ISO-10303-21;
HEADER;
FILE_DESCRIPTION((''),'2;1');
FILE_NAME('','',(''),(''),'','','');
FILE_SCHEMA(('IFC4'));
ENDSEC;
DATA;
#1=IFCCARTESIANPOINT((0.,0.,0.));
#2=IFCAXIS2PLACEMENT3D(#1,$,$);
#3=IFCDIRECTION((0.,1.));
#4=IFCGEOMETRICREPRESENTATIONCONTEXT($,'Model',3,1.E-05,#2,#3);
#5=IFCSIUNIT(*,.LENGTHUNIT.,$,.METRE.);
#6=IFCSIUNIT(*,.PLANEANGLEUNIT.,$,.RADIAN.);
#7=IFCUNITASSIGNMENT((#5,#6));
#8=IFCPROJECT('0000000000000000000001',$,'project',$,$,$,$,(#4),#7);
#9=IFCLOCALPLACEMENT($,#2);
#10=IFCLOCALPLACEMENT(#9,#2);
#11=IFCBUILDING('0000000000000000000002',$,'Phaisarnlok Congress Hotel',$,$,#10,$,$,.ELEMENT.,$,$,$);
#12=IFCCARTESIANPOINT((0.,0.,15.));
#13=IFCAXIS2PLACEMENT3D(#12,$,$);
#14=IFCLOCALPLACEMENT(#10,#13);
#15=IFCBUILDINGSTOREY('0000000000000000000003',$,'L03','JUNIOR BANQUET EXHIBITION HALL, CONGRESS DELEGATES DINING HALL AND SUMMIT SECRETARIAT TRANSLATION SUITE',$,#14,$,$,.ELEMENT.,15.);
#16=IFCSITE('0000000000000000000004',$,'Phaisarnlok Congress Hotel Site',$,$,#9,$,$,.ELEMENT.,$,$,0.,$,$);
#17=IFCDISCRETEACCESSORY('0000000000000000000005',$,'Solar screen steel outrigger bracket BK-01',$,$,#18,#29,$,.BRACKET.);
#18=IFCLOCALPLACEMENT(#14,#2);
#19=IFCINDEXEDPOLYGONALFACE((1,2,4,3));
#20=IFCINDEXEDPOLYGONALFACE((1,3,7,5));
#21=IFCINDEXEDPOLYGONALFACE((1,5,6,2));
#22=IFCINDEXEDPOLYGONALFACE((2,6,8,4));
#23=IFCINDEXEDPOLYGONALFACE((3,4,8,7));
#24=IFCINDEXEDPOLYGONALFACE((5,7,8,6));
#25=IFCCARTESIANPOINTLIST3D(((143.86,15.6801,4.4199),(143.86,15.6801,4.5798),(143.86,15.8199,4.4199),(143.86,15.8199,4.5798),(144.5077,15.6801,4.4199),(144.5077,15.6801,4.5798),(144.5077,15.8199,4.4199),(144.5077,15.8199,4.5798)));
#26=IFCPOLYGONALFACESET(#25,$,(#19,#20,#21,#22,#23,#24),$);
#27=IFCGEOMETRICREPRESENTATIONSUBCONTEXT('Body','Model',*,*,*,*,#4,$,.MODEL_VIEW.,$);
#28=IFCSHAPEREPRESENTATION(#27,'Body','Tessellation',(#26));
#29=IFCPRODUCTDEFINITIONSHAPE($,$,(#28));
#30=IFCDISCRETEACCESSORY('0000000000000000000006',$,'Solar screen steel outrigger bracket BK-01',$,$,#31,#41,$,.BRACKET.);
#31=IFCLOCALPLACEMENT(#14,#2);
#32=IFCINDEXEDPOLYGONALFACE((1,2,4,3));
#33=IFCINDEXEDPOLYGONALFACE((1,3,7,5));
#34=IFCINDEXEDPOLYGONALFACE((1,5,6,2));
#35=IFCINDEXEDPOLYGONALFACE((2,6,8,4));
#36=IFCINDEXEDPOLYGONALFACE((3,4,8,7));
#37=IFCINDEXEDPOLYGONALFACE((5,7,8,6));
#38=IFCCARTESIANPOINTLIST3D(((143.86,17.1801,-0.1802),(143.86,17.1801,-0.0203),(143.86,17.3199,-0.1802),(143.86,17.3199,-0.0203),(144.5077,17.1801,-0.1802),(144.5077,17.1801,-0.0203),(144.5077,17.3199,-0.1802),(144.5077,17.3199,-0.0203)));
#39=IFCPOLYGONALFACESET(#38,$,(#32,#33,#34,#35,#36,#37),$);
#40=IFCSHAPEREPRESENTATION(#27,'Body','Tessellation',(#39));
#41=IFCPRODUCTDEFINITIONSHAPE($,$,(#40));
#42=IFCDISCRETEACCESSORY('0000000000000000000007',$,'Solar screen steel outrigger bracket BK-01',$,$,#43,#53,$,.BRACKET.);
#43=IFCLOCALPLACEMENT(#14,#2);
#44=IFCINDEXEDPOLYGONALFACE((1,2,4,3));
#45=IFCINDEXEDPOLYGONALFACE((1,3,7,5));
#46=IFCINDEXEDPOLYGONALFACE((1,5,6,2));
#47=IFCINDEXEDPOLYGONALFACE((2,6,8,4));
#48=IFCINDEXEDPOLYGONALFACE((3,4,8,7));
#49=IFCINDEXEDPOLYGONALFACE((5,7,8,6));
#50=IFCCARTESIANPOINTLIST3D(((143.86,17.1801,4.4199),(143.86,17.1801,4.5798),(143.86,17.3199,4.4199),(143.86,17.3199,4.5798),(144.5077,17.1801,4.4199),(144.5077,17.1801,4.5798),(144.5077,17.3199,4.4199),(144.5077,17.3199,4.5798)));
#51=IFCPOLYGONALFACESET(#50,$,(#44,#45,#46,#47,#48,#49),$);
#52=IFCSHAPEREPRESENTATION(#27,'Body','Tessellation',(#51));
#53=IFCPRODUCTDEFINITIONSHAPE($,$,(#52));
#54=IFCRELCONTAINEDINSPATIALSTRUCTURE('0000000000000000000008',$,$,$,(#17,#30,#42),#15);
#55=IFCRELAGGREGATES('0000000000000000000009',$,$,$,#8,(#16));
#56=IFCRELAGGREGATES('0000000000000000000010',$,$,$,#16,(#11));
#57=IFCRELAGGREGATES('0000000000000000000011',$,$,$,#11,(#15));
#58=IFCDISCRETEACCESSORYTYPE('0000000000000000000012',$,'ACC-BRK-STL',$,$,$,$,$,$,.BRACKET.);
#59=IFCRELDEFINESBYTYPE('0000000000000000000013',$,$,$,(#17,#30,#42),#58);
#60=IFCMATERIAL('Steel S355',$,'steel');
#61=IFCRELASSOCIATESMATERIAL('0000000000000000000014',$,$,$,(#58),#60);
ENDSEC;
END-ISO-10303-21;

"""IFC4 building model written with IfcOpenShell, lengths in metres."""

from ifc_helpers import new_model, si_unit, direction, frame, origin, origin_2d, place, context, subcontext, project, spatial, rectangle, extrude, material, type_object, element, save


model = new_model("IFC4")

# Units and contexts
model_context = context("Model", 3, precision=1e-05, world=origin(), true_north=direction((0.0, 1.0)))
body_context = subcontext(model_context, "Body", "Model", "MODEL_VIEW")
ifc_project = project(units=[si_unit("LENGTHUNIT", "METRE"), si_unit("PLANEANGLEUNIT", "RADIAN")], contexts=[model_context])

# Site, building, storey
site_placement = place(None, origin())
site = spatial("IfcSite", under=ifc_project, at=site_placement, Name="Phaisarnlok Congress Hotel Site", CompositionType="ELEMENT", RefElevation=0.0)
building_placement = place(site_placement, origin())
building = spatial("IfcBuilding", under=site, at=building_placement, Name="Phaisarnlok Congress Hotel", CompositionType="ELEMENT")
storey_placement = place(building_placement, frame((0.0, 0.0, 15.0)))
storey = spatial("IfcBuildingStorey", under=building, at=storey_placement, Name="L03", Description="JUNIOR BANQUET EXHIBITION HALL, CONGRESS DELEGATES DINING HALL AND SUMMIT SECRETARIAT TRANSLATION SUITE", CompositionType="ELEMENT", Elevation=15.0)

# Shared definitions
ifc_material_1 = material(Name="Steel S355", Category="steel")

# Discrete accessories
discrete_accessory_type = type_object("IfcDiscreteAccessoryType", Name="ACC-BRK-STL", PredefinedType="BRACKET", material=ifc_material_1)
for number, where, z_axis, x_axis, name in (
    (1, (144.1838, 15.75, 4.4199), (0.0, 0.0, 1.0), (1.0, 0.0, 0.0), "Solar screen steel outrigger bracket BK-01"),
    (2, (144.1838, 17.25, -0.1802), (0.0, 0.0, 1.0), (1.0, 0.0, 0.0), "Solar screen steel outrigger bracket BK-01"),
    (3, (144.1838, 17.25, 4.4199), (0.0, 0.0, 1.0), (1.0, 0.0, 0.0), "Solar screen steel outrigger bracket BK-01"),
):
    element("IfcDiscreteAccessory", number, at=place(storey_placement, frame(where, z_axis=z_axis, x_axis=x_axis)), inside=storey, type_object=discrete_accessory_type, Name=name, PredefinedType="BRACKET", context=body_context, shape_type="SweptSolid", body=[
        extrude(rectangle(XDim=0.6477, YDim=0.1399, at=origin_2d()), origin(), (0.0, 0.0, 1.0), 0.1599),
    ])

save(model, "model.ifc")
